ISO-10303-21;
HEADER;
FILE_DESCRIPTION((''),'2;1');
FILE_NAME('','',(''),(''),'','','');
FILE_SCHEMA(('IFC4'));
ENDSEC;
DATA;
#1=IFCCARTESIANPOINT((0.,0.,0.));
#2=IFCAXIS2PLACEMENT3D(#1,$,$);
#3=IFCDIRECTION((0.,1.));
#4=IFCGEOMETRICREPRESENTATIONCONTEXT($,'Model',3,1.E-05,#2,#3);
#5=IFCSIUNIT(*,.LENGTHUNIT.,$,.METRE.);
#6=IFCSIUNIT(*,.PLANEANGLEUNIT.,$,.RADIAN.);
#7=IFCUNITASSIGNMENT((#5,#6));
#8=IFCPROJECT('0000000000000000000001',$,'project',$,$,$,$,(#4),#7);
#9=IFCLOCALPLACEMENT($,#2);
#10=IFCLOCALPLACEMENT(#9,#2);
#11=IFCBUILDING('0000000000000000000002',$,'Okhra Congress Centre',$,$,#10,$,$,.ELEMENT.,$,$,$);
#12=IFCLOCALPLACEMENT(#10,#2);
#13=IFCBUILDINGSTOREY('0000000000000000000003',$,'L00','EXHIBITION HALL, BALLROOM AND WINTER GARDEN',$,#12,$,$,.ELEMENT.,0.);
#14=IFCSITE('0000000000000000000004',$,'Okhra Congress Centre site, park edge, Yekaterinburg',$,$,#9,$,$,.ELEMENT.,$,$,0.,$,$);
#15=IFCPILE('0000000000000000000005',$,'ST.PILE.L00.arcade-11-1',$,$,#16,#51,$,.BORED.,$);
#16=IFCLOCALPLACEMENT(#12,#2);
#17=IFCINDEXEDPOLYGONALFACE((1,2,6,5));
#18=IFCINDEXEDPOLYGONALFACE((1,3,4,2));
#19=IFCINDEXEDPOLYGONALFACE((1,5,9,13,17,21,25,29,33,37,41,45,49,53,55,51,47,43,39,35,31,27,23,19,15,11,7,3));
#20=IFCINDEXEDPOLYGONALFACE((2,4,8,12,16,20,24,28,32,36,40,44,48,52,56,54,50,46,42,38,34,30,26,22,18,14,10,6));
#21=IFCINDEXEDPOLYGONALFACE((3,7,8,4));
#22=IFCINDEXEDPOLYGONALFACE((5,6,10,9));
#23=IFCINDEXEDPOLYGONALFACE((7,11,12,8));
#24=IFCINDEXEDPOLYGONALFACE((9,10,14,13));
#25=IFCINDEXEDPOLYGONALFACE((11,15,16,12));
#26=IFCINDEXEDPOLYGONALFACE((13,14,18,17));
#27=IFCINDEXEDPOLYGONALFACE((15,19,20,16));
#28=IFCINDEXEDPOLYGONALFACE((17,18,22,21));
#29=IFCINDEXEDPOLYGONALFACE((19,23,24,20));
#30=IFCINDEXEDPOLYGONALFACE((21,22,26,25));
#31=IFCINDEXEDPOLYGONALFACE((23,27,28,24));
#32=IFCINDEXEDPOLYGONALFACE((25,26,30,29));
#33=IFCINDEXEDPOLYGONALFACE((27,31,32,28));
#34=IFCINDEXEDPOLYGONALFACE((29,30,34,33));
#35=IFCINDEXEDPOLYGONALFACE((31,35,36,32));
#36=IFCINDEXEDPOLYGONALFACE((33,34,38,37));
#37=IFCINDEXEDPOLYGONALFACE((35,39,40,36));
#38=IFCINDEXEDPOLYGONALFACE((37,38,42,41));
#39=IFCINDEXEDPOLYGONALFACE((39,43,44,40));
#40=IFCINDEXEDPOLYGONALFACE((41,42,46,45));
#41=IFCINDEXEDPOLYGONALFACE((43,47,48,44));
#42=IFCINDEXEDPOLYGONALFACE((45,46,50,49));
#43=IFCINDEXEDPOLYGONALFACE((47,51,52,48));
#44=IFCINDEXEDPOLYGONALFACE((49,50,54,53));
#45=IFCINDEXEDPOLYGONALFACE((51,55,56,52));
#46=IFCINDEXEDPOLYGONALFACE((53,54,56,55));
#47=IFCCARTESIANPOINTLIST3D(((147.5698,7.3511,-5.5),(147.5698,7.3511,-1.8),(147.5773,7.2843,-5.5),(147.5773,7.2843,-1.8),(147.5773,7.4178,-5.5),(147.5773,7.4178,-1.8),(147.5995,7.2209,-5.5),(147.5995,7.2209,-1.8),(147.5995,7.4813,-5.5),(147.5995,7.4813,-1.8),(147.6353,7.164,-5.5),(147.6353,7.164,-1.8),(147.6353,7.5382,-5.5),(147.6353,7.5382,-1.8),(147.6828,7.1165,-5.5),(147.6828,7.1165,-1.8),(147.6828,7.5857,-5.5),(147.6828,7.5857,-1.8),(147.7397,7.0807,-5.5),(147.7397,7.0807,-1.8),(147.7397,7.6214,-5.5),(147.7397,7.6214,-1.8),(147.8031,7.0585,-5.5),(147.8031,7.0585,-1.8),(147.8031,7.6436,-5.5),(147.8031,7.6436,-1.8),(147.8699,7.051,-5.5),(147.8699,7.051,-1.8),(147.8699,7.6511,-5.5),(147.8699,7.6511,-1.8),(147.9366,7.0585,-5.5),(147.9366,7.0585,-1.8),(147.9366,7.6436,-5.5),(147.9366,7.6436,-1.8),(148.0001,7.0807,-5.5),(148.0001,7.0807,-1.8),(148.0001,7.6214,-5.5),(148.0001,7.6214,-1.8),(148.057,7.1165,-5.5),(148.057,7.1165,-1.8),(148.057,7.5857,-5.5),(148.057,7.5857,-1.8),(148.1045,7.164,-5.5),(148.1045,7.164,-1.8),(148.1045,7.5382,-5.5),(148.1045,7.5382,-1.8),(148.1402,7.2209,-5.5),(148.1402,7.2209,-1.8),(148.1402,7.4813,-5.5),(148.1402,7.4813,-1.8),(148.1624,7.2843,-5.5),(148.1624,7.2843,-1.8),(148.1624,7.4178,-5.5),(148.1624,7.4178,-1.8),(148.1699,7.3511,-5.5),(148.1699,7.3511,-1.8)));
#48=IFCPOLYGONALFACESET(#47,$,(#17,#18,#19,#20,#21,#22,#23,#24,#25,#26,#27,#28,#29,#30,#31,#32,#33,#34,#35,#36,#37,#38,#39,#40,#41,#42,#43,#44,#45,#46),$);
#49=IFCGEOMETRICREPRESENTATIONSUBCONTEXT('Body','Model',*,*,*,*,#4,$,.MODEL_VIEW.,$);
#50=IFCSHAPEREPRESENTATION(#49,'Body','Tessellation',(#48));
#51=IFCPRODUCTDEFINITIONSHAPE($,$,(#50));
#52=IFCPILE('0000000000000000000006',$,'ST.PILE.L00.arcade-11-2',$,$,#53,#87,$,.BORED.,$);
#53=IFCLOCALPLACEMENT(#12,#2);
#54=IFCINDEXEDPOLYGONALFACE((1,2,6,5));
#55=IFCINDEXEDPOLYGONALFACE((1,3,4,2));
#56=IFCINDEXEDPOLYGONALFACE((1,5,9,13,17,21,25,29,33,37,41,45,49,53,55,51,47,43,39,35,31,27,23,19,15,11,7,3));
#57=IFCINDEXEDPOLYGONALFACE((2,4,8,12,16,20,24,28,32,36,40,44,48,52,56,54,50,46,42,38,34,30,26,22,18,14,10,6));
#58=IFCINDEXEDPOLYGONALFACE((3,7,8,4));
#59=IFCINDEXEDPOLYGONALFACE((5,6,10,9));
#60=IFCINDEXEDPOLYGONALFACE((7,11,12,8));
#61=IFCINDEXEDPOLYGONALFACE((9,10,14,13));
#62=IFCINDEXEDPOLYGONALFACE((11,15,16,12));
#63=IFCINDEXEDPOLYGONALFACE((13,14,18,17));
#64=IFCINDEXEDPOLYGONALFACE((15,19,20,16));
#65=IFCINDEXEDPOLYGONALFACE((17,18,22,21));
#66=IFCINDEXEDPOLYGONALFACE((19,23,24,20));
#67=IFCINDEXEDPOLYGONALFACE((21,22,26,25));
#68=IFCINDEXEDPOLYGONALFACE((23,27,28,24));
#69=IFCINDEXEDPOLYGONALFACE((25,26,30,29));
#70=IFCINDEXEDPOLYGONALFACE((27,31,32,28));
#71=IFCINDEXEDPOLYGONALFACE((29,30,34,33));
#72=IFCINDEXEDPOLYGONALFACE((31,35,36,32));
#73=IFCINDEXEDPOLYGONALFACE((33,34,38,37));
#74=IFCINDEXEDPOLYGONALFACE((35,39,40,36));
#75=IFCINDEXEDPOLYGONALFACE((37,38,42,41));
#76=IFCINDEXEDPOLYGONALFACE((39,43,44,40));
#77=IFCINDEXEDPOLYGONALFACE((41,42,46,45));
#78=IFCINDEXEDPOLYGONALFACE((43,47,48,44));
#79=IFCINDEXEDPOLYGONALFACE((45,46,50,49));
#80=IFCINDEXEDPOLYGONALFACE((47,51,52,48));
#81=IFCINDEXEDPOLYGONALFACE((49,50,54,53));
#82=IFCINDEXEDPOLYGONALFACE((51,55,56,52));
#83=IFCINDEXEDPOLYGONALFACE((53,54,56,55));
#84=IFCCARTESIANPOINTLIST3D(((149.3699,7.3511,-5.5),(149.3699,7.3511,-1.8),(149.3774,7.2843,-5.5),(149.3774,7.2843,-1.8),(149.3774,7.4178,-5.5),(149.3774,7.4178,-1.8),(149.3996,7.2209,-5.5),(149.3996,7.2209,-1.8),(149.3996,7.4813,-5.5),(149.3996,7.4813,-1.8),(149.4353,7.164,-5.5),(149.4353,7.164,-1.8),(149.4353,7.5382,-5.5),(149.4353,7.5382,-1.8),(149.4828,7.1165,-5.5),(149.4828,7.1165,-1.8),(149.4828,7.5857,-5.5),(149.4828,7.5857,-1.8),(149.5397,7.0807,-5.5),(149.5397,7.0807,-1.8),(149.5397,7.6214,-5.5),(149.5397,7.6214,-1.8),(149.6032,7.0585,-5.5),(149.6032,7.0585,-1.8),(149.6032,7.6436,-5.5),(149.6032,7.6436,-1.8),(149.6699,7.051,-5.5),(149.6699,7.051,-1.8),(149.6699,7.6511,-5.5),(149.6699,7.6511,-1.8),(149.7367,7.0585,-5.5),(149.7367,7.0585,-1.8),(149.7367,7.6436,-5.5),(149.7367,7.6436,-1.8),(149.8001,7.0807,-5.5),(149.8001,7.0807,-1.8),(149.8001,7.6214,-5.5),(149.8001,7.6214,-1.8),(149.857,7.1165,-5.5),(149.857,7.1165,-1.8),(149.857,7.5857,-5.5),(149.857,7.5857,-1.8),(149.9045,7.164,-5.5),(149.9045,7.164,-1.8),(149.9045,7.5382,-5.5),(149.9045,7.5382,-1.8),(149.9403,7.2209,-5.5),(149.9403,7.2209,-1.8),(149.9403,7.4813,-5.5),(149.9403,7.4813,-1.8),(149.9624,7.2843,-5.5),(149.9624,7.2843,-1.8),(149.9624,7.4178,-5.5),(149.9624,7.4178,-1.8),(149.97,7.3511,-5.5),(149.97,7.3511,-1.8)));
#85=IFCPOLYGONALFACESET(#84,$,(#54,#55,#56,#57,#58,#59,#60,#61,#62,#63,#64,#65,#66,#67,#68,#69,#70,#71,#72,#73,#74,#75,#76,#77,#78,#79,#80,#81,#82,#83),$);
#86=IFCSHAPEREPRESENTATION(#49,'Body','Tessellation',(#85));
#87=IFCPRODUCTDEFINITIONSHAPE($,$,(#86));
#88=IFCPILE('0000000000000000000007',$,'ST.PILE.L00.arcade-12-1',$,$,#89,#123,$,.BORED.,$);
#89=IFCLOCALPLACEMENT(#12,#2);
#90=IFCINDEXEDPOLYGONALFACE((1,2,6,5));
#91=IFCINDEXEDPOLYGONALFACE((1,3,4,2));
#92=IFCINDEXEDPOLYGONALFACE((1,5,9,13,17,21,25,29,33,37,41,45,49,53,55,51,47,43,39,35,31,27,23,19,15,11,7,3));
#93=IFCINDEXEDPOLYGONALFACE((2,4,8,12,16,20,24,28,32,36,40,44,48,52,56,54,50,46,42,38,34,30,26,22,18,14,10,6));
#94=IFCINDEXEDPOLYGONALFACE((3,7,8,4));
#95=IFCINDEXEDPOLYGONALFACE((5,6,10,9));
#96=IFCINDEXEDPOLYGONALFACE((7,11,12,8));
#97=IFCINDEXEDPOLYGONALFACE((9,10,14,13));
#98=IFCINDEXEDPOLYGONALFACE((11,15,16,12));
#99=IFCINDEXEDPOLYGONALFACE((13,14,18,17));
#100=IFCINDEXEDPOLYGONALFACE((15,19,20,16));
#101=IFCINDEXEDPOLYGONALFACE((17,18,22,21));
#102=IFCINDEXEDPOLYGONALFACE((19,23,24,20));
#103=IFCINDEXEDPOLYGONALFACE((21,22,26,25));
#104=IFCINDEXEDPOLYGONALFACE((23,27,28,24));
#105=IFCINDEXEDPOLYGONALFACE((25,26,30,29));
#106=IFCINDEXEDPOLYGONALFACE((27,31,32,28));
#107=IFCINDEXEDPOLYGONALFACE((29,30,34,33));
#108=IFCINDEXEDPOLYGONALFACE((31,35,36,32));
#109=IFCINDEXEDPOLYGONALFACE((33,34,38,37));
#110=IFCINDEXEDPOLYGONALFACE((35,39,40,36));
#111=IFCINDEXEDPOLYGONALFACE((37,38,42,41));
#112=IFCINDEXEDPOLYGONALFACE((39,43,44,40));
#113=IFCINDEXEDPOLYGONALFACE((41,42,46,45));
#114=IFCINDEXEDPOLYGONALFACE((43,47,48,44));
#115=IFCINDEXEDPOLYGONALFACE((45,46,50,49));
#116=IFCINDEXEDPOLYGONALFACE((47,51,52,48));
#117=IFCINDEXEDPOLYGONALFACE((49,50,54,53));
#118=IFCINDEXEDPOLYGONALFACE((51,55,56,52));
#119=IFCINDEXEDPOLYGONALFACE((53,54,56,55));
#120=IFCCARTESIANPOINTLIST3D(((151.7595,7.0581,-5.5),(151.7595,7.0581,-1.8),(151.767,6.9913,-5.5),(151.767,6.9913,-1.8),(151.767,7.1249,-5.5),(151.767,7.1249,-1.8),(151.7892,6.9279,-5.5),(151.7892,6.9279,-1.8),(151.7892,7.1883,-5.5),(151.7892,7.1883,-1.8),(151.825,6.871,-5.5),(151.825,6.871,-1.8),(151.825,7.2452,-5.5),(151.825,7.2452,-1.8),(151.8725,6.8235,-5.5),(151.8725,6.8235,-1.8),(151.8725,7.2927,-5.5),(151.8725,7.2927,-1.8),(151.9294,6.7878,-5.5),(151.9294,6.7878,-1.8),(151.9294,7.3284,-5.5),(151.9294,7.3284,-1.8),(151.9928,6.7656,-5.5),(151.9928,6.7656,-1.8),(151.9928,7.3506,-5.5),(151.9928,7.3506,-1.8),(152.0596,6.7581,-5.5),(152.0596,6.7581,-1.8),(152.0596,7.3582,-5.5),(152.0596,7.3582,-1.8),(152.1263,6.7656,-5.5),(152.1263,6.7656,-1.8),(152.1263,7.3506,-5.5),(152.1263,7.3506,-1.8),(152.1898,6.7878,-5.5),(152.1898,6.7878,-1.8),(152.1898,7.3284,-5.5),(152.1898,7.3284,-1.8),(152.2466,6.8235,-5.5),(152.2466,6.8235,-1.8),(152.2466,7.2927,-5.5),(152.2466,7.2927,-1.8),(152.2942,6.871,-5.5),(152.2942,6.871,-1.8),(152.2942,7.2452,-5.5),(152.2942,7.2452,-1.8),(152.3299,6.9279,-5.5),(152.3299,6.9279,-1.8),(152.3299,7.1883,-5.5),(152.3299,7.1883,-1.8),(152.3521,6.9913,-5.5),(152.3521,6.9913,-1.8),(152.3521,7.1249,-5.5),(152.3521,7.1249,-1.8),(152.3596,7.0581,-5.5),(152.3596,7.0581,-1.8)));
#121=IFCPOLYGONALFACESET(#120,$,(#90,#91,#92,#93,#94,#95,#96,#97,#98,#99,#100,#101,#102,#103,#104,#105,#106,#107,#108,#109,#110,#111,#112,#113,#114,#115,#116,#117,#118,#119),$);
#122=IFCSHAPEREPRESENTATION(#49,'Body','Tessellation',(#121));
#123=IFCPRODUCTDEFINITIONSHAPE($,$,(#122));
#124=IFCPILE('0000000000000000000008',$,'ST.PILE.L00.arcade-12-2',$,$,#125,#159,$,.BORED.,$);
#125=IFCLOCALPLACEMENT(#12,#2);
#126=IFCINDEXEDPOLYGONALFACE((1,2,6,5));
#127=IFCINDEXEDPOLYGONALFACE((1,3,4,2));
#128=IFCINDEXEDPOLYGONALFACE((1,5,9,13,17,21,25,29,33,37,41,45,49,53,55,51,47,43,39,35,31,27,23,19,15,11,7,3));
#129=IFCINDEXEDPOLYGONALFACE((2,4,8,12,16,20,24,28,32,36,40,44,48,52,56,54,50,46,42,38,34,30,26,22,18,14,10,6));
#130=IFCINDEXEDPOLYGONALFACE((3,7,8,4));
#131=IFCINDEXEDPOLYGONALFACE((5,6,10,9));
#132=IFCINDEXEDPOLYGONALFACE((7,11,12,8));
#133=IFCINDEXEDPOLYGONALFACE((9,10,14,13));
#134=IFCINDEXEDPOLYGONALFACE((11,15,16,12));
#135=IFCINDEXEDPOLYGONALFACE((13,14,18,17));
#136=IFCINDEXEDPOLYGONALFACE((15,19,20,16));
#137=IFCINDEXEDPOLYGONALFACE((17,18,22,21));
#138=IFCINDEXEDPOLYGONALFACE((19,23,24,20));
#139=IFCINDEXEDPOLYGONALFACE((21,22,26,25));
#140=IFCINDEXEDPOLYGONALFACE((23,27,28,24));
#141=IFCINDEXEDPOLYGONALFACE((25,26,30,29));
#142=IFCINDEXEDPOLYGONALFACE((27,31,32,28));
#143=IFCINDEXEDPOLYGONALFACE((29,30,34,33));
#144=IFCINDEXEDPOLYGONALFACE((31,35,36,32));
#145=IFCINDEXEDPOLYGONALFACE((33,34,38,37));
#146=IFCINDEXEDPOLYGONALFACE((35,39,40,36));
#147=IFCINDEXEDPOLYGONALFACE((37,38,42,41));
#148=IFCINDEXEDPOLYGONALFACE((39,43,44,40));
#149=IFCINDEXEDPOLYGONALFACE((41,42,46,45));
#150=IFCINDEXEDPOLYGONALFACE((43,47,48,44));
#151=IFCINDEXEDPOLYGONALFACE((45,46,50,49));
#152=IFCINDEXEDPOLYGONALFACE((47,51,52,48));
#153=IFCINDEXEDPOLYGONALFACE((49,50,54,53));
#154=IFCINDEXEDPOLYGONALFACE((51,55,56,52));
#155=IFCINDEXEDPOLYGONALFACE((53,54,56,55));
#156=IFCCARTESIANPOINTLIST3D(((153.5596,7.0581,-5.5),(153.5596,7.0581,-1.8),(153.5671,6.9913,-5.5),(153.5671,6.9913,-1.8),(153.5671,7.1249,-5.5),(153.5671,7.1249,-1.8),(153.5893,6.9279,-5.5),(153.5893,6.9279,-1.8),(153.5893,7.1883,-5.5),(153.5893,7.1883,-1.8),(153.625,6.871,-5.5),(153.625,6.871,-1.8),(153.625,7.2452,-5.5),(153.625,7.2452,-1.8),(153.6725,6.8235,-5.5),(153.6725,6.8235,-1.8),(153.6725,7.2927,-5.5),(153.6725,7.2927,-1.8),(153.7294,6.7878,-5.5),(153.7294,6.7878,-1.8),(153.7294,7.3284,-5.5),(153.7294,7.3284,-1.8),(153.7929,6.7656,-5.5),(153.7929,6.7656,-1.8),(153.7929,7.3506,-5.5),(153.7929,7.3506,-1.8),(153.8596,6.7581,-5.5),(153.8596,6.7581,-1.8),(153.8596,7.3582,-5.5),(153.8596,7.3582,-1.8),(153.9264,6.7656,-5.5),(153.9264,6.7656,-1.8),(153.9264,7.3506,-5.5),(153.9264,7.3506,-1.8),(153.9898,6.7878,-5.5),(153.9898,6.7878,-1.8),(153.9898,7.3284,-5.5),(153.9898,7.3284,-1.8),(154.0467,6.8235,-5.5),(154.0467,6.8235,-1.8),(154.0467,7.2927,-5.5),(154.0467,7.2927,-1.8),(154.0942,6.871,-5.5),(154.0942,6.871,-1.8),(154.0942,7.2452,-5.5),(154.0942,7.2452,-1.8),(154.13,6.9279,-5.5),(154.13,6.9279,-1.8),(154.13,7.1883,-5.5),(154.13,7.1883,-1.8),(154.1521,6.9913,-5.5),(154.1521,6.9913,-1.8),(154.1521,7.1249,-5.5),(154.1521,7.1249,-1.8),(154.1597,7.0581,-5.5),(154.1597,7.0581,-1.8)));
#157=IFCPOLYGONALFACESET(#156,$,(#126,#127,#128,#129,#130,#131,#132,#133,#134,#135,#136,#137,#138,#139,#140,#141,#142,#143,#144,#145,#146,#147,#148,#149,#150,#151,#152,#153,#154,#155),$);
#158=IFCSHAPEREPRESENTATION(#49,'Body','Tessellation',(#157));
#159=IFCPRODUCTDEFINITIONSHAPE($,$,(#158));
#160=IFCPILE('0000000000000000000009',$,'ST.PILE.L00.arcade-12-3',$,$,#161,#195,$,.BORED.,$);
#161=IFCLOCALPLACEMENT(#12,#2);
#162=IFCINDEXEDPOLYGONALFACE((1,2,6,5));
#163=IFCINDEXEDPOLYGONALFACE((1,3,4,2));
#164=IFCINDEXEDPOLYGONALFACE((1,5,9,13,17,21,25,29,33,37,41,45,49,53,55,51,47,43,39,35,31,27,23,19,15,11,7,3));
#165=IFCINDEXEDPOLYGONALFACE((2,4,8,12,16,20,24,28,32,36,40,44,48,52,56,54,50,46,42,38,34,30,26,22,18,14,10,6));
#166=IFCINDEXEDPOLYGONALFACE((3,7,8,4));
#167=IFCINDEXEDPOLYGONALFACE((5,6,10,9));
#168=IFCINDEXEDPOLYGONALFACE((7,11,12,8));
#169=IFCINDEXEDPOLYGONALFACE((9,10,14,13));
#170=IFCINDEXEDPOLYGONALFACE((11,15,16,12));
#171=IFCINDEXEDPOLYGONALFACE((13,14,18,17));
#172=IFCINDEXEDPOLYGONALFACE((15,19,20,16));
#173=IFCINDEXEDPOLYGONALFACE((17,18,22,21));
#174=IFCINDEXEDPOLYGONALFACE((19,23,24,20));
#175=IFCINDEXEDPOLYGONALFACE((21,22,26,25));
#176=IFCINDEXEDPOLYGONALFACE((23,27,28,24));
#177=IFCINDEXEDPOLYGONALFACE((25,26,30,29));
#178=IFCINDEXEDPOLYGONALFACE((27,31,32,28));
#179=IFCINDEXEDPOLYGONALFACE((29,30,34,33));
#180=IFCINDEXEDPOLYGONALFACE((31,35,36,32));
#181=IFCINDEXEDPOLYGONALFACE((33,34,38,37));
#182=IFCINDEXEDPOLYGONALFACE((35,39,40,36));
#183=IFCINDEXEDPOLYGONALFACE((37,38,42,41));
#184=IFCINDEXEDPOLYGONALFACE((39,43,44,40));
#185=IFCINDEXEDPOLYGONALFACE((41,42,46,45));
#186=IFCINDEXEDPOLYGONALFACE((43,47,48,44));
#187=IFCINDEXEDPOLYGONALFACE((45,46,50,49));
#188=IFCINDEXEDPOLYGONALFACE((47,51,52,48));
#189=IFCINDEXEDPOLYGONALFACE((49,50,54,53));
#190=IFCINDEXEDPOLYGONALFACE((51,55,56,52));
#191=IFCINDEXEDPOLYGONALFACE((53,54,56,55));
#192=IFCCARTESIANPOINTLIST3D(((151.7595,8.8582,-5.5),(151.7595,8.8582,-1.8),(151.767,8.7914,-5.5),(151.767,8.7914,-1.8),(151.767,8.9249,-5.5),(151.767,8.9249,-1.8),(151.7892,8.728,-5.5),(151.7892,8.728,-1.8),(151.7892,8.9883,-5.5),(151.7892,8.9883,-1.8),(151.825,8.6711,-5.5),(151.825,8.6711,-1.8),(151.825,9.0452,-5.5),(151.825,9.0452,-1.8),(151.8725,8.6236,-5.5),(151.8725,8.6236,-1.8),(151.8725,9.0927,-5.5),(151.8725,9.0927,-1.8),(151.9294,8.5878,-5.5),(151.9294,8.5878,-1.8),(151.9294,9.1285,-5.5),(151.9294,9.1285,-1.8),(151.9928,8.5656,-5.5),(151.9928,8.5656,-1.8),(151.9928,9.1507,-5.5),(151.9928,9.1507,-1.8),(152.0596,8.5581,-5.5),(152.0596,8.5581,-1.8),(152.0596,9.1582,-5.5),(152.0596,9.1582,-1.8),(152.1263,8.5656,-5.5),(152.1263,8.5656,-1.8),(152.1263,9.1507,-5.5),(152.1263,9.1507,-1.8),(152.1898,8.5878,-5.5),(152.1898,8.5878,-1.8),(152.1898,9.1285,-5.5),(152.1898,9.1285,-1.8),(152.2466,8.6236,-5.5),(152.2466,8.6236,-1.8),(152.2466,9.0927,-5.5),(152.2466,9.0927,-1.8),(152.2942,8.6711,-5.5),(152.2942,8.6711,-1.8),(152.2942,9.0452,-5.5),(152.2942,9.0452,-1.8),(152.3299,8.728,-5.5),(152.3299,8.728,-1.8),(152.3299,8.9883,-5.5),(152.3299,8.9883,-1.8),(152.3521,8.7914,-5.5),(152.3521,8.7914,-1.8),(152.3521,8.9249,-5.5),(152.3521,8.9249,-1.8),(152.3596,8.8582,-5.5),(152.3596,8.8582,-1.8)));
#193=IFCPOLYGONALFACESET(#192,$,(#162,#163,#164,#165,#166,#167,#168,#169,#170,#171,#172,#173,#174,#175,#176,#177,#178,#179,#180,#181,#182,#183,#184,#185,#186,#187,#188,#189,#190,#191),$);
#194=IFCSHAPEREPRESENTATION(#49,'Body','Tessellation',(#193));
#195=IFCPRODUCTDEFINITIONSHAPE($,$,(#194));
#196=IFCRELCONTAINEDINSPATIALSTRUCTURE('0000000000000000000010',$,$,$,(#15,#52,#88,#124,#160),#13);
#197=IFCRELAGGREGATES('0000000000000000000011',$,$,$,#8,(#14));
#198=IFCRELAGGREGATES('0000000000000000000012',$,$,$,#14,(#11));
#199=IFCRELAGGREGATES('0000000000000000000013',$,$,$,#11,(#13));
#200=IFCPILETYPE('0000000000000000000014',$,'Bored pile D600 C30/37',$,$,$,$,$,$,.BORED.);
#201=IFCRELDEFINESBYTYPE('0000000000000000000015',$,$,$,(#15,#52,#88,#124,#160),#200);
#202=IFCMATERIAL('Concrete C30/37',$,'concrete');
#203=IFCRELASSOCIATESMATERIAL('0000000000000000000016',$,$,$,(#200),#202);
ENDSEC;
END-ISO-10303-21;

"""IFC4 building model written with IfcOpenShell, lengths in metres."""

from ifc_helpers import new_model, si_unit, direction, frame, origin, origin_2d, place, context, subcontext, project, spatial, circle, extrude, material, material_profile, profile_set, type_object, element, save


model = new_model("IFC4")

# Units and contexts
model_context = context("Model", 3, precision=1e-05, world=origin(), true_north=direction((0.0, 1.0)))
body_context = subcontext(model_context, "Body", "Model", "MODEL_VIEW")
ifc_project = project(units=[si_unit("LENGTHUNIT", "METRE"), si_unit("PLANEANGLEUNIT", "RADIAN")], contexts=[model_context])

# Site, building, storey
site_placement = place(None, origin())
site = spatial("IfcSite", under=ifc_project, at=site_placement, Name="Okhra Congress Centre site, park edge, Yekaterinburg", CompositionType="ELEMENT", RefElevation=0.0)
building_placement = place(site_placement, origin())
building = spatial("IfcBuilding", under=site, at=building_placement, Name="Okhra Congress Centre", CompositionType="ELEMENT")
storey_placement = place(building_placement, origin())
storey = spatial("IfcBuildingStorey", under=building, at=storey_placement, Name="L00", Description="EXHIBITION HALL, BALLROOM AND WINTER GARDEN", CompositionType="ELEMENT", Elevation=0.0)

# Piles
ifc_material_1 = material(Name="Concrete C30/37", Category="concrete")
ifc_material_profile_1 = material_profile(ifc_material_1, circle(Radius=0.3, at=origin_2d()), Name="D600")
ifc_profile_set_1 = profile_set([ifc_material_profile_1], Name="Concrete C30/37")
pile_type = type_object("IfcPileType", Name="Bored pile D600 C30/37", PredefinedType="BORED", material=ifc_profile_set_1)
for number, where, z_axis, x_axis, name in (
    (1, (147.8699, 7.3511, -1.8), (0.0, 0.0, -1.0), (1.0, 0.0, 0.0), "ST.PILE.L00.arcade-11-1"),
    (2, (149.6699, 7.3511, -1.8), (0.0, 0.0, -1.0), (1.0, 0.0, 0.0), "ST.PILE.L00.arcade-11-2"),
    (3, (152.0596, 7.0581, -1.8), (0.0, 0.0, -1.0), (1.0, 0.0, 0.0), "ST.PILE.L00.arcade-12-1"),
    (4, (153.8596, 7.0581, -1.8), (0.0, 0.0, -1.0), (1.0, 0.0, 0.0), "ST.PILE.L00.arcade-12-2"),
    (5, (152.0596, 8.8582, -1.8), (0.0, 0.0, -1.0), (1.0, 0.0, 0.0), "ST.PILE.L00.arcade-12-3"),
):
    element("IfcPile", number, at=place(storey_placement, frame(where, z_axis=z_axis, x_axis=x_axis)), inside=storey, type_object=pile_type, Name=name, PredefinedType="BORED", context=body_context, shape_type="SweptSolid", body=[
        extrude(circle(Radius=0.3, at=origin_2d()), origin(), (0.0, 0.0, 1.0), 3.7),
    ])

save(model, "model.ifc")
